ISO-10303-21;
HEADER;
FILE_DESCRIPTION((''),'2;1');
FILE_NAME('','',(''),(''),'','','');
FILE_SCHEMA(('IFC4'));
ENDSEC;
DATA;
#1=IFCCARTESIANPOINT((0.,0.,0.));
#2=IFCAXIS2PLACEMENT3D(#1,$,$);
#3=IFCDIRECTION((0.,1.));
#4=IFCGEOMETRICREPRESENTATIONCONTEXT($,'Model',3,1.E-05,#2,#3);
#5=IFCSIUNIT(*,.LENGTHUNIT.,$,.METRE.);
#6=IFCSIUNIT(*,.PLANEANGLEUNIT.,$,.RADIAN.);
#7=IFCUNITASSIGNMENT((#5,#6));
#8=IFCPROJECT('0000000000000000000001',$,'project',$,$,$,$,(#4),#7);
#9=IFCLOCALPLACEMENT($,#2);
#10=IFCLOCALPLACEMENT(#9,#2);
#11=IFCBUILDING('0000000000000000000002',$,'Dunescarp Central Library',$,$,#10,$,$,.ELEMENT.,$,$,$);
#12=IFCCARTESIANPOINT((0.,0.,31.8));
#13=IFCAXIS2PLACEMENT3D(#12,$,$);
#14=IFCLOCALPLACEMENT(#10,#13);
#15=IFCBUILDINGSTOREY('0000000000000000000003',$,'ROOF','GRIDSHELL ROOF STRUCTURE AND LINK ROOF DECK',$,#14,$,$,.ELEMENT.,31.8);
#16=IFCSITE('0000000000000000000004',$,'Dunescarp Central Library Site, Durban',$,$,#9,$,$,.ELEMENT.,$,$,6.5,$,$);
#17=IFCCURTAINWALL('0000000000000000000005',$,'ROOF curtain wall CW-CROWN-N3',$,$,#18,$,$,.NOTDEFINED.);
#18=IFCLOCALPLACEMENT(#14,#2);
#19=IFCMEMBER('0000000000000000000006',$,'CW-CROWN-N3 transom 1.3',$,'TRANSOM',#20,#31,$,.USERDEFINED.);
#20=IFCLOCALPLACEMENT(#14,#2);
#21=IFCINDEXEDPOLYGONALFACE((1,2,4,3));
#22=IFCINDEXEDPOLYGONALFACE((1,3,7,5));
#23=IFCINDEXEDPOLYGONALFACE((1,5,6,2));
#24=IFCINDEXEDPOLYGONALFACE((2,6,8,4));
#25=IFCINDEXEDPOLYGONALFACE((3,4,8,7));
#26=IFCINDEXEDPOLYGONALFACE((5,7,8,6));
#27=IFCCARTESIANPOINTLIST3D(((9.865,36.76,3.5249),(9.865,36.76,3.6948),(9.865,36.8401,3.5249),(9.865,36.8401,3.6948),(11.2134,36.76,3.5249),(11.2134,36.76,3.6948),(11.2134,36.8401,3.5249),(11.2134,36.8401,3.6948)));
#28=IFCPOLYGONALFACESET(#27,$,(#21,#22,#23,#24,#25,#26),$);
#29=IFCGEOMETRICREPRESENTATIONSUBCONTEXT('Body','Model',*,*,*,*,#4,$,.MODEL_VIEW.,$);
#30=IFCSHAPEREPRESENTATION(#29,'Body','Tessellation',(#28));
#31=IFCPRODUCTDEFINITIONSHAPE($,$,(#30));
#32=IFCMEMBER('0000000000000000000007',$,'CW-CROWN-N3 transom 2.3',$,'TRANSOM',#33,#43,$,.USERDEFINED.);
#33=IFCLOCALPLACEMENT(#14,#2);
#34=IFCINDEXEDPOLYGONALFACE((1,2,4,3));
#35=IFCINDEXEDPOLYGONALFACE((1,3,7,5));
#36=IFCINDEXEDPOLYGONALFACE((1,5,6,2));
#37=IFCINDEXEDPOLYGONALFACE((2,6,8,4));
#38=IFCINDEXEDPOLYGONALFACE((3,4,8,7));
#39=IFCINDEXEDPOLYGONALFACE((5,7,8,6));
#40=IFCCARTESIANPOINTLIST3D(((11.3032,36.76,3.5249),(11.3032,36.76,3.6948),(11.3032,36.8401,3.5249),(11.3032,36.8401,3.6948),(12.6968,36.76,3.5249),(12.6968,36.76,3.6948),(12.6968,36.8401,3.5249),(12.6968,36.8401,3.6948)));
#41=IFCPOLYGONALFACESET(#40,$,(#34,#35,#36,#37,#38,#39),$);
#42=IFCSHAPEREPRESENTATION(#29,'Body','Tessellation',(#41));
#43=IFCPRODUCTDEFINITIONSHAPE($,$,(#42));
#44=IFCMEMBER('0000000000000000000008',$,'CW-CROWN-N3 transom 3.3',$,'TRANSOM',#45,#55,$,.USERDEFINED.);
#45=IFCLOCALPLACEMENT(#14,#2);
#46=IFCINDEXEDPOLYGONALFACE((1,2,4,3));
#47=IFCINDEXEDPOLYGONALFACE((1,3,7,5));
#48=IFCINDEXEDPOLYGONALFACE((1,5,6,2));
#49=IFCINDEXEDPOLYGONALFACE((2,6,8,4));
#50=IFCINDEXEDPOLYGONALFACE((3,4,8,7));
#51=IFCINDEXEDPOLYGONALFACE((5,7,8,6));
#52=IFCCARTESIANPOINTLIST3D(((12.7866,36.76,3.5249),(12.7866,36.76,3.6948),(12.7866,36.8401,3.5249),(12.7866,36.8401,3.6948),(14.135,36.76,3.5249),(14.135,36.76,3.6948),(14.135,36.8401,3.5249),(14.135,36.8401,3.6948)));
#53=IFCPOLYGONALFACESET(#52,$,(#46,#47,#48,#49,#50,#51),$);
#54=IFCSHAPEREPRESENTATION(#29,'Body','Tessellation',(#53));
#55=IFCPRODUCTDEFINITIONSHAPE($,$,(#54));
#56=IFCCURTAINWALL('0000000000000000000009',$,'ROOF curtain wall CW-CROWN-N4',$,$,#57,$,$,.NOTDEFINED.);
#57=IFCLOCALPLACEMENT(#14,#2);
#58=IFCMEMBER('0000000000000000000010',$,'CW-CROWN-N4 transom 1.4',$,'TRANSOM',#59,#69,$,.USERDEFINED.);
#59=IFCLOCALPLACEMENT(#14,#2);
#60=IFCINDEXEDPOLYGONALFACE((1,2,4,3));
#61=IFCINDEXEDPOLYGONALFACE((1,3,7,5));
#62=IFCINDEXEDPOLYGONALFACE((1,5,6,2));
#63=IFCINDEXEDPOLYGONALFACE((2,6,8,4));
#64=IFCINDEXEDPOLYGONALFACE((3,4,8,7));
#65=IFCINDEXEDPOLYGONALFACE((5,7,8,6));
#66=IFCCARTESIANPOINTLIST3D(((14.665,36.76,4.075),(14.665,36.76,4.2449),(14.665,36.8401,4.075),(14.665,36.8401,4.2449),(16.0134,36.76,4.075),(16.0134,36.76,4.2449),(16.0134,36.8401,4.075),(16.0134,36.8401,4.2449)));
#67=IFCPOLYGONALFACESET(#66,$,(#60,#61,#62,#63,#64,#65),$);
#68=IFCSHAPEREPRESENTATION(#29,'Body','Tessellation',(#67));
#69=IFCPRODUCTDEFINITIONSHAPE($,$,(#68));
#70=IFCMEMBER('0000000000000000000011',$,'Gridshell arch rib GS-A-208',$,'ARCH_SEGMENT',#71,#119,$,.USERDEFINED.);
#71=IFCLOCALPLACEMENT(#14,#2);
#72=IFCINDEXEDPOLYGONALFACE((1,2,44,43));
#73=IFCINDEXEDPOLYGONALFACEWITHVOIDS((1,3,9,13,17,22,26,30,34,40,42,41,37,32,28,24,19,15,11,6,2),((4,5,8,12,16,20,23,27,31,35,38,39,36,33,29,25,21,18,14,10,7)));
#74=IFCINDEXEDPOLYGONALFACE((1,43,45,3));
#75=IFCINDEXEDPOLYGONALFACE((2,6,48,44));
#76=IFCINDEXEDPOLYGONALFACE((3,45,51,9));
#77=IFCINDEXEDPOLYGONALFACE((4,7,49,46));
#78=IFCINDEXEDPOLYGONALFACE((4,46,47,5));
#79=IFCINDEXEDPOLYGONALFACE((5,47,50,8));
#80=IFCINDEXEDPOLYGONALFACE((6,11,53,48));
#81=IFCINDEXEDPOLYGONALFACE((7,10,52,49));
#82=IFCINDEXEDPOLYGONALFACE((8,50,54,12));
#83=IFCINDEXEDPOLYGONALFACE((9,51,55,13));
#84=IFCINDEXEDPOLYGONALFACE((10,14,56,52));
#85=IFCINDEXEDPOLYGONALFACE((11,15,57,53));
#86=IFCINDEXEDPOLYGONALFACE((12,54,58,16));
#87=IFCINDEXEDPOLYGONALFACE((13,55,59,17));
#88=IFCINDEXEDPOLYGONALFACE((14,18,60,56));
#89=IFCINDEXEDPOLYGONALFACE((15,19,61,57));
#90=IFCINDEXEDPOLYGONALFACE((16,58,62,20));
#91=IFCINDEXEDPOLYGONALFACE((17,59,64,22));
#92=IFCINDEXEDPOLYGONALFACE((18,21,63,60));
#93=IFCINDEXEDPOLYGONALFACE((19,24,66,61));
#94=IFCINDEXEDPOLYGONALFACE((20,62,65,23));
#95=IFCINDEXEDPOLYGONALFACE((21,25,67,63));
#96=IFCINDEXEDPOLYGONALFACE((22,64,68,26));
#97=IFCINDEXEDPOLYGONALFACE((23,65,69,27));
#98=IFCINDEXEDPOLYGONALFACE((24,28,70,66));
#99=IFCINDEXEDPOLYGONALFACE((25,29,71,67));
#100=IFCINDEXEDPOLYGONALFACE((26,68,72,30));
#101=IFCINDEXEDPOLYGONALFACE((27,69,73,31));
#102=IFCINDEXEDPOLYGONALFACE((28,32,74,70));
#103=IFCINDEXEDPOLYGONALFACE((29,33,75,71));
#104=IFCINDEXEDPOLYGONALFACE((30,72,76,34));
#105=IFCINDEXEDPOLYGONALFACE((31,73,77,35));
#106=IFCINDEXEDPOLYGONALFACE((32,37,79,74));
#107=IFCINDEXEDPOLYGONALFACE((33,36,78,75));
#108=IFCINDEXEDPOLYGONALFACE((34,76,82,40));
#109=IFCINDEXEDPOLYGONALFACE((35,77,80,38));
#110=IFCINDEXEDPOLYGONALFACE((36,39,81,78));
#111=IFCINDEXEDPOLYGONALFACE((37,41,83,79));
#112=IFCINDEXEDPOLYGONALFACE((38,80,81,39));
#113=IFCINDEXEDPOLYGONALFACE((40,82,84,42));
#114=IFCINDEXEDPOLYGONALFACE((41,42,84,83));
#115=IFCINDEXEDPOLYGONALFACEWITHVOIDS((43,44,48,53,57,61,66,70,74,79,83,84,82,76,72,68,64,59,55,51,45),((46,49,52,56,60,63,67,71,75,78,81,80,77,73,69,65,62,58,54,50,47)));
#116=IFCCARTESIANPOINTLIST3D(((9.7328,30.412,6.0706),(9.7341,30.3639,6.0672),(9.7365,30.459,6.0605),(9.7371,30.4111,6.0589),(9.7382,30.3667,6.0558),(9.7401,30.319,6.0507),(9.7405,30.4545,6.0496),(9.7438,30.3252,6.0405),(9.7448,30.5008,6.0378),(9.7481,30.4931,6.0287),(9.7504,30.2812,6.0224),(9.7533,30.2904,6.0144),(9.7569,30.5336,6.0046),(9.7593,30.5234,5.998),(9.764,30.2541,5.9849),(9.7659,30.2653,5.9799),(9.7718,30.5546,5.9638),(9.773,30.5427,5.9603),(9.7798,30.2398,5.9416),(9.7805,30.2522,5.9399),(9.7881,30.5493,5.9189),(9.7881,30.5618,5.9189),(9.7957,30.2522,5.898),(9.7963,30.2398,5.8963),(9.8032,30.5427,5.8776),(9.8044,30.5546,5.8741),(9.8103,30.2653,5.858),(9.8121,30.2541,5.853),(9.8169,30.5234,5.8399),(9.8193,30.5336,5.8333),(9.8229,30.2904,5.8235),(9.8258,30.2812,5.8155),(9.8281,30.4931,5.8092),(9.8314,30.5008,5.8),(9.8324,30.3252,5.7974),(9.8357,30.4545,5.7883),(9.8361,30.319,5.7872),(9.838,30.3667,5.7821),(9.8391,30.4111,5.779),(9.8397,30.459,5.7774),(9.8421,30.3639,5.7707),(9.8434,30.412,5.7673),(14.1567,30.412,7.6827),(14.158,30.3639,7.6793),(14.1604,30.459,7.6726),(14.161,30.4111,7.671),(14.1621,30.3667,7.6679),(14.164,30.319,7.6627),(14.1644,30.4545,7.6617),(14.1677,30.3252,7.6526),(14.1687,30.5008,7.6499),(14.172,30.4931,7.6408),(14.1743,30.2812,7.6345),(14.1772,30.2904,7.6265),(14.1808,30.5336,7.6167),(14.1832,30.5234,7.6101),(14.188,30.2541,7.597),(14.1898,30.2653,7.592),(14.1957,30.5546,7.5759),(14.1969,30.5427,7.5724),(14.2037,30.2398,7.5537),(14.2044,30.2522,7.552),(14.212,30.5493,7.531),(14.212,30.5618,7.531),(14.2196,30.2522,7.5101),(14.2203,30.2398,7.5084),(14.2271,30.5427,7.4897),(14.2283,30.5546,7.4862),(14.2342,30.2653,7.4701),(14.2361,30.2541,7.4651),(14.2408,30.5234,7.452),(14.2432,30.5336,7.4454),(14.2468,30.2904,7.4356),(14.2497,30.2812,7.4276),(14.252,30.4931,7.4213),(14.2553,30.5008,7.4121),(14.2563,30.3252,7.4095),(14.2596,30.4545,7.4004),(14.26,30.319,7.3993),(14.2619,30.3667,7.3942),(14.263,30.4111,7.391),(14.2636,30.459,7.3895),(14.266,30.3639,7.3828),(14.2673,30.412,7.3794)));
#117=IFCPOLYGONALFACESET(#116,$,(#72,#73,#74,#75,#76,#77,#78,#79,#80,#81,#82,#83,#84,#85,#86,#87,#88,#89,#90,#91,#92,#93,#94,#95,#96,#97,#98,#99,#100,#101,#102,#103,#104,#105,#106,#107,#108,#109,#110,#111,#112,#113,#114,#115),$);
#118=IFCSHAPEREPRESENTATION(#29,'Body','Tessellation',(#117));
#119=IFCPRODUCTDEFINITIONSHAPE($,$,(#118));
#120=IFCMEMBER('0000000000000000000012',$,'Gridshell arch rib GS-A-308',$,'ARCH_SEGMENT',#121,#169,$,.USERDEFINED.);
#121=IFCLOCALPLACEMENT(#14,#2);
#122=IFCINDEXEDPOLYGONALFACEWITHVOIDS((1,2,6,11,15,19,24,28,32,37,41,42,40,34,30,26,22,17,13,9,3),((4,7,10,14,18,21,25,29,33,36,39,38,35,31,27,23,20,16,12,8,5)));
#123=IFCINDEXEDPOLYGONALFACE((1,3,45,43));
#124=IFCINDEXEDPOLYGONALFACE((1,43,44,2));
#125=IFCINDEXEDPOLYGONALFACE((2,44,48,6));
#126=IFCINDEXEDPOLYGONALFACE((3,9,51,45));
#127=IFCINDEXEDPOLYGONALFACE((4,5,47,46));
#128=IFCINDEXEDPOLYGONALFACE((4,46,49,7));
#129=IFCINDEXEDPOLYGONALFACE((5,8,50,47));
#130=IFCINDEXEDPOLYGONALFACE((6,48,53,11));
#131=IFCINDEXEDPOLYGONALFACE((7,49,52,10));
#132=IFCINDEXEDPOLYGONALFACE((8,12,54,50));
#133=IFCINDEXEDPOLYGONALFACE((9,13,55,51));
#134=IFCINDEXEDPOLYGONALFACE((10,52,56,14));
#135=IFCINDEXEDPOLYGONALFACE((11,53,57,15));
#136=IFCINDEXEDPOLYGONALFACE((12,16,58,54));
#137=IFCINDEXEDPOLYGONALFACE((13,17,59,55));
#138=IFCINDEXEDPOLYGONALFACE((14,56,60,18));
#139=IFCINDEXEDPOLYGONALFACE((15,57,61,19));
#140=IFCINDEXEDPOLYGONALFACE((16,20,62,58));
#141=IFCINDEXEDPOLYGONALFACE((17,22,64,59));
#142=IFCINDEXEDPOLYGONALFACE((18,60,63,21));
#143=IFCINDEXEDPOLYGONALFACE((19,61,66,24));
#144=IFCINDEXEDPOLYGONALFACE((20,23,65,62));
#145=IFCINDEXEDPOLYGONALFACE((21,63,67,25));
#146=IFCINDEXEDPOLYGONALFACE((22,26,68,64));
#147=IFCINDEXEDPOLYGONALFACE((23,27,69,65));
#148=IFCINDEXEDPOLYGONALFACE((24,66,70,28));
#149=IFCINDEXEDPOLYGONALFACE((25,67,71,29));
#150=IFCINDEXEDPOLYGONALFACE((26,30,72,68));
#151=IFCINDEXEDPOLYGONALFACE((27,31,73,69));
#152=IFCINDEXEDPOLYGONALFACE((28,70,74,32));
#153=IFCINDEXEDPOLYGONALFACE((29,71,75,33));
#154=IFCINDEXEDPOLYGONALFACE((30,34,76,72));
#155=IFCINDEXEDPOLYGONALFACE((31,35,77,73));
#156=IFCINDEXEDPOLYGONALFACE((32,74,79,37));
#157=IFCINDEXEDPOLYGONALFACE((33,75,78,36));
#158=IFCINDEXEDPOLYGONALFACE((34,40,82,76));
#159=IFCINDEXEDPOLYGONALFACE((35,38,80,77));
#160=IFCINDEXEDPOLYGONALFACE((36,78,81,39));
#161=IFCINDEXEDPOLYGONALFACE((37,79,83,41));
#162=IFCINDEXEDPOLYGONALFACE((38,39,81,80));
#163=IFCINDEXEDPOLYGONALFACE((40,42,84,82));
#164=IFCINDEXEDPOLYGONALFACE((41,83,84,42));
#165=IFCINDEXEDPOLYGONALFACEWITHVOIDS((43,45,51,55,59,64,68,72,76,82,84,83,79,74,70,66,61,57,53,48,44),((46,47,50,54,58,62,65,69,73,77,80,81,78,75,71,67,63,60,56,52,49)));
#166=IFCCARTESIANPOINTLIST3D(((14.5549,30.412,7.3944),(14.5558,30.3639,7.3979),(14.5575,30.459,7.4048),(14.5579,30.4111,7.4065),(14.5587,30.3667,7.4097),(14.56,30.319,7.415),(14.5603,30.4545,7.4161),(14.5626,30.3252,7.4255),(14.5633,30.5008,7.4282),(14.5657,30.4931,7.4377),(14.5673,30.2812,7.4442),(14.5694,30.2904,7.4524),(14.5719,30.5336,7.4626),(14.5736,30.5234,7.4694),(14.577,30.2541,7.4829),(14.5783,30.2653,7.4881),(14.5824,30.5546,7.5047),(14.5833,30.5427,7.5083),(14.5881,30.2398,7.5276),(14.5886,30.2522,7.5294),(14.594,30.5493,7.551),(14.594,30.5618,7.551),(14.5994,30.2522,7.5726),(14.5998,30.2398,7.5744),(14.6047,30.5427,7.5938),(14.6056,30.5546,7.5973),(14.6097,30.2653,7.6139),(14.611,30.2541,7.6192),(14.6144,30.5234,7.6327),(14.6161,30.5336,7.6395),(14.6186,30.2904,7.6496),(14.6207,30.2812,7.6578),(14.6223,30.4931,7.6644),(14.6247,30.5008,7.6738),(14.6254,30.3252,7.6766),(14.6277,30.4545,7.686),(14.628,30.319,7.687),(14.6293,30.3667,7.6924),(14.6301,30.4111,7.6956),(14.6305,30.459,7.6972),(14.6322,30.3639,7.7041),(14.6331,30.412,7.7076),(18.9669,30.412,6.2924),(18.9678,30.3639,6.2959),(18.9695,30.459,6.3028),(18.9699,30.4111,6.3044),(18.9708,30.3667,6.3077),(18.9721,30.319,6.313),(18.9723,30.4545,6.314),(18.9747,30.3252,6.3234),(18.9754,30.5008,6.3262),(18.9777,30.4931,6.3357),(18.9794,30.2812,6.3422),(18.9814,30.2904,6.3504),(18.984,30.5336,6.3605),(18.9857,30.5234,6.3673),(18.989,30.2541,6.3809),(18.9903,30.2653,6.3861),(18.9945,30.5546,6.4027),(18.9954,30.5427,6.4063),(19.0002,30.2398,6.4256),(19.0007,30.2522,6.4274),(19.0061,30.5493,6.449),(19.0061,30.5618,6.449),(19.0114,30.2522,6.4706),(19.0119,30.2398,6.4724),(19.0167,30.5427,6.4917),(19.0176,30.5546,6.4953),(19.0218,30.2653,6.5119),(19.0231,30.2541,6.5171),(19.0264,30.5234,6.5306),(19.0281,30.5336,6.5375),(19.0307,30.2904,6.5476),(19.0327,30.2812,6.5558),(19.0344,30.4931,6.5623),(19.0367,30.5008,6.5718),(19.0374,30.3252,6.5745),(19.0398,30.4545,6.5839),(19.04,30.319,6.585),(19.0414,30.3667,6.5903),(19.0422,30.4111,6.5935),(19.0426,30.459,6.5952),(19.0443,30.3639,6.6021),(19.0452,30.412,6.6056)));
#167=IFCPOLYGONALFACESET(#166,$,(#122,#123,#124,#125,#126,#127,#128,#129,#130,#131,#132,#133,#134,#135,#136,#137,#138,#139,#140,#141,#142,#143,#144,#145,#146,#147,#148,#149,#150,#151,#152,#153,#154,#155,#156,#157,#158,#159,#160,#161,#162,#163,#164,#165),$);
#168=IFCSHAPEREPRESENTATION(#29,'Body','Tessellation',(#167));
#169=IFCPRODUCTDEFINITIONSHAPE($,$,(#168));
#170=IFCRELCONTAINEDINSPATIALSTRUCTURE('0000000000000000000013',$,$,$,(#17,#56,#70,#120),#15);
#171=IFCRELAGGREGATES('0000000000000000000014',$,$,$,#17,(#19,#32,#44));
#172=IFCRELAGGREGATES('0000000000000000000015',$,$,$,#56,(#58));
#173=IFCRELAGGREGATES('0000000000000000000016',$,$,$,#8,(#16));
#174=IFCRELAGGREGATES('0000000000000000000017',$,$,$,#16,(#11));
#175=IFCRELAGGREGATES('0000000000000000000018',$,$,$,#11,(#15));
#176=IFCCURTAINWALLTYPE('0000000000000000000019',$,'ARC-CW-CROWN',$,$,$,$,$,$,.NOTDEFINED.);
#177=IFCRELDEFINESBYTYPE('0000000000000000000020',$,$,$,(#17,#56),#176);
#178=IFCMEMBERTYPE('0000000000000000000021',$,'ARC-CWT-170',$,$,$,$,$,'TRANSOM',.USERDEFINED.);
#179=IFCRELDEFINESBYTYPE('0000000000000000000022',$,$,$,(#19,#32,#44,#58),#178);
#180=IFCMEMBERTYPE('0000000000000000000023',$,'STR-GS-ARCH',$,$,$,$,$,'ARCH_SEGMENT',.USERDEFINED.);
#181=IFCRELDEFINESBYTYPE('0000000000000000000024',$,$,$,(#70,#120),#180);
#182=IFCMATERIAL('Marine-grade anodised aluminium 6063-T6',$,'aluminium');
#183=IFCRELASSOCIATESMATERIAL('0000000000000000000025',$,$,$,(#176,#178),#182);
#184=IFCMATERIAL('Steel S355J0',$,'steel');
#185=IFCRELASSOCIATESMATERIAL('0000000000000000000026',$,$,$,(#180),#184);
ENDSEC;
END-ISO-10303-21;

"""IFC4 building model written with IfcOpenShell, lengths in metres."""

from ifc_helpers import new_model, si_unit, direction, frame, origin, origin_2d, place, context, subcontext, project, spatial, rectangle, hollow_circle, extrude, material, material_profile, profile_set, type_object, element, aggregate, save


model = new_model("IFC4")

# Units and contexts
model_context = context("Model", 3, precision=1e-05, world=origin(), true_north=direction((0.0, 1.0)))
body_context = subcontext(model_context, "Body", "Model", "MODEL_VIEW")
ifc_project = project(units=[si_unit("LENGTHUNIT", "METRE"), si_unit("PLANEANGLEUNIT", "RADIAN")], contexts=[model_context])

# Site, building, storey
site_placement = place(None, origin())
site = spatial("IfcSite", under=ifc_project, at=site_placement, Name="Dunescarp Central Library Site, Durban", CompositionType="ELEMENT", RefElevation=6.5)
building_placement = place(site_placement, origin())
building = spatial("IfcBuilding", under=site, at=building_placement, Name="Dunescarp Central Library", CompositionType="ELEMENT")
storey_placement = place(building_placement, frame((0.0, 0.0, 31.8)))
storey = spatial("IfcBuildingStorey", under=building, at=storey_placement, Name="ROOF", Description="GRIDSHELL ROOF STRUCTURE AND LINK ROOF DECK", CompositionType="ELEMENT", Elevation=31.8)

# Curtain wall, members
ifc_material_1 = material(Name="Marine-grade anodised aluminium 6063-T6", Category="aluminium")
curtain_wall_type = type_object("IfcCurtainWallType", Name="ARC-CW-CROWN", PredefinedType="NOTDEFINED", material=ifc_material_1)
curtain_wall_1_placement = place(storey_placement, origin())
curtain_wall_1 = element("IfcCurtainWall", 1, at=curtain_wall_1_placement, inside=storey, type_object=curtain_wall_type, Name="ROOF curtain wall CW-CROWN-N3", PredefinedType="NOTDEFINED")
ifc_material_profile_1 = material_profile(ifc_material_1, rectangle(XDim=0.0801, YDim=0.1699, at=origin_2d()), Name="AL 80x170")
ifc_profile_set_1 = profile_set([ifc_material_profile_1], Name="Marine-grade anodised aluminium 6063-T6")
member_type_1 = type_object("IfcMemberType", Name="ARC-CWT-170", ElementType="TRANSOM", PredefinedType="USERDEFINED", material=ifc_profile_set_1)
member_1_placement = place(storey_placement, frame((9.865, 36.8, 3.6099), z_axis=(1.0, 0.0, 0.0), x_axis=(0.0, 1.0, 0.0)))
member_1 = element("IfcMember", 2, at=member_1_placement, type_object=member_type_1, Name="CW-CROWN-N3 transom 1.3", ObjectType="TRANSOM", PredefinedType="USERDEFINED", context=body_context, shape_type="SweptSolid", body=[
    extrude(rectangle(XDim=0.0801, YDim=0.1699, at=origin_2d()), origin(), (0.0, 0.0, 1.0), 1.3484),
])
member_2_placement = place(storey_placement, frame((11.3032, 36.8, 3.6099), z_axis=(1.0, 0.0, 0.0), x_axis=(0.0, 1.0, 0.0)))
member_2 = element("IfcMember", 3, at=member_2_placement, type_object=member_type_1, Name="CW-CROWN-N3 transom 2.3", ObjectType="TRANSOM", PredefinedType="USERDEFINED", context=body_context, shape_type="SweptSolid", body=[
    extrude(rectangle(XDim=0.0801, YDim=0.1699, at=origin_2d()), origin(), (0.0, 0.0, 1.0), 1.3936),
])
member_3_placement = place(storey_placement, frame((12.7866, 36.8, 3.6099), z_axis=(1.0, 0.0, 0.0), x_axis=(0.0, 1.0, 0.0)))
member_3 = element("IfcMember", 4, at=member_3_placement, type_object=member_type_1, Name="CW-CROWN-N3 transom 3.3", ObjectType="TRANSOM", PredefinedType="USERDEFINED", context=body_context, shape_type="SweptSolid", body=[
    extrude(rectangle(XDim=0.0801, YDim=0.1699, at=origin_2d()), origin(), (0.0, 0.0, 1.0), 1.3484),
])
aggregate(curtain_wall_1, [member_1, member_2, member_3])

# Curtain wall, member
curtain_wall_2_placement = place(storey_placement, origin())
curtain_wall_2 = element("IfcCurtainWall", 5, at=curtain_wall_2_placement, inside=storey, type_object=curtain_wall_type, Name="ROOF curtain wall CW-CROWN-N4", PredefinedType="NOTDEFINED")
member_4_placement = place(storey_placement, frame((14.665, 36.8, 4.1599), z_axis=(1.0, 0.0, 0.0), x_axis=(0.0, 1.0, 0.0)))
member_4 = element("IfcMember", 6, at=member_4_placement, type_object=member_type_1, Name="CW-CROWN-N4 transom 1.4", ObjectType="TRANSOM", PredefinedType="USERDEFINED", context=body_context, shape_type="SweptSolid", body=[
    extrude(rectangle(XDim=0.0801, YDim=0.1699, at=origin_2d()), origin(), (0.0, 0.0, 1.0), 1.3484),
])
aggregate(curtain_wall_2, [member_4])

# Members
ifc_material_2 = material(Name="Steel S355J0", Category="steel")
ifc_material_profile_2 = material_profile(ifc_material_2, hollow_circle(Radius=0.1619, WallThickness=0.0125, at=origin_2d()), Name="CHS 323.9x12.5")
ifc_profile_set_2 = profile_set([ifc_material_profile_2], Name="Steel S355J0")
member_type_2 = type_object("IfcMemberType", Name="STR-GS-ARCH", ElementType="ARCH_SEGMENT", PredefinedType="USERDEFINED", material=ifc_profile_set_2)
member_5_placement = place(storey_placement, frame((9.7881, 30.3999, 5.9189), z_axis=(0.939562, 0.0, 0.34238), x_axis=(0.0, 1.0, 0.0)))
element("IfcMember", 7, at=member_5_placement, inside=storey, type_object=member_type_2, Name="Gridshell arch rib GS-A-208", ObjectType="ARCH_SEGMENT", PredefinedType="USERDEFINED", context=body_context, shape_type="SweptSolid", body=[
    extrude(hollow_circle(Radius=0.1619, WallThickness=0.0125, at=origin_2d()), origin(), (0.0, 0.0, 1.0), 4.7085),
])
member_6_placement = place(storey_placement, frame((14.594, 30.3999, 7.551), z_axis=(0.970193, 0.0, -0.242334), x_axis=(0.0, 1.0, 0.0)))
element("IfcMember", 8, at=member_6_placement, inside=storey, type_object=member_type_2, Name="Gridshell arch rib GS-A-308", ObjectType="ARCH_SEGMENT", PredefinedType="USERDEFINED", context=body_context, shape_type="SweptSolid", body=[
    extrude(hollow_circle(Radius=0.1619, WallThickness=0.0125, at=origin_2d()), origin(), (0.0, 0.0, 1.0), 4.5476),
])

save(model, "model.ifc")
